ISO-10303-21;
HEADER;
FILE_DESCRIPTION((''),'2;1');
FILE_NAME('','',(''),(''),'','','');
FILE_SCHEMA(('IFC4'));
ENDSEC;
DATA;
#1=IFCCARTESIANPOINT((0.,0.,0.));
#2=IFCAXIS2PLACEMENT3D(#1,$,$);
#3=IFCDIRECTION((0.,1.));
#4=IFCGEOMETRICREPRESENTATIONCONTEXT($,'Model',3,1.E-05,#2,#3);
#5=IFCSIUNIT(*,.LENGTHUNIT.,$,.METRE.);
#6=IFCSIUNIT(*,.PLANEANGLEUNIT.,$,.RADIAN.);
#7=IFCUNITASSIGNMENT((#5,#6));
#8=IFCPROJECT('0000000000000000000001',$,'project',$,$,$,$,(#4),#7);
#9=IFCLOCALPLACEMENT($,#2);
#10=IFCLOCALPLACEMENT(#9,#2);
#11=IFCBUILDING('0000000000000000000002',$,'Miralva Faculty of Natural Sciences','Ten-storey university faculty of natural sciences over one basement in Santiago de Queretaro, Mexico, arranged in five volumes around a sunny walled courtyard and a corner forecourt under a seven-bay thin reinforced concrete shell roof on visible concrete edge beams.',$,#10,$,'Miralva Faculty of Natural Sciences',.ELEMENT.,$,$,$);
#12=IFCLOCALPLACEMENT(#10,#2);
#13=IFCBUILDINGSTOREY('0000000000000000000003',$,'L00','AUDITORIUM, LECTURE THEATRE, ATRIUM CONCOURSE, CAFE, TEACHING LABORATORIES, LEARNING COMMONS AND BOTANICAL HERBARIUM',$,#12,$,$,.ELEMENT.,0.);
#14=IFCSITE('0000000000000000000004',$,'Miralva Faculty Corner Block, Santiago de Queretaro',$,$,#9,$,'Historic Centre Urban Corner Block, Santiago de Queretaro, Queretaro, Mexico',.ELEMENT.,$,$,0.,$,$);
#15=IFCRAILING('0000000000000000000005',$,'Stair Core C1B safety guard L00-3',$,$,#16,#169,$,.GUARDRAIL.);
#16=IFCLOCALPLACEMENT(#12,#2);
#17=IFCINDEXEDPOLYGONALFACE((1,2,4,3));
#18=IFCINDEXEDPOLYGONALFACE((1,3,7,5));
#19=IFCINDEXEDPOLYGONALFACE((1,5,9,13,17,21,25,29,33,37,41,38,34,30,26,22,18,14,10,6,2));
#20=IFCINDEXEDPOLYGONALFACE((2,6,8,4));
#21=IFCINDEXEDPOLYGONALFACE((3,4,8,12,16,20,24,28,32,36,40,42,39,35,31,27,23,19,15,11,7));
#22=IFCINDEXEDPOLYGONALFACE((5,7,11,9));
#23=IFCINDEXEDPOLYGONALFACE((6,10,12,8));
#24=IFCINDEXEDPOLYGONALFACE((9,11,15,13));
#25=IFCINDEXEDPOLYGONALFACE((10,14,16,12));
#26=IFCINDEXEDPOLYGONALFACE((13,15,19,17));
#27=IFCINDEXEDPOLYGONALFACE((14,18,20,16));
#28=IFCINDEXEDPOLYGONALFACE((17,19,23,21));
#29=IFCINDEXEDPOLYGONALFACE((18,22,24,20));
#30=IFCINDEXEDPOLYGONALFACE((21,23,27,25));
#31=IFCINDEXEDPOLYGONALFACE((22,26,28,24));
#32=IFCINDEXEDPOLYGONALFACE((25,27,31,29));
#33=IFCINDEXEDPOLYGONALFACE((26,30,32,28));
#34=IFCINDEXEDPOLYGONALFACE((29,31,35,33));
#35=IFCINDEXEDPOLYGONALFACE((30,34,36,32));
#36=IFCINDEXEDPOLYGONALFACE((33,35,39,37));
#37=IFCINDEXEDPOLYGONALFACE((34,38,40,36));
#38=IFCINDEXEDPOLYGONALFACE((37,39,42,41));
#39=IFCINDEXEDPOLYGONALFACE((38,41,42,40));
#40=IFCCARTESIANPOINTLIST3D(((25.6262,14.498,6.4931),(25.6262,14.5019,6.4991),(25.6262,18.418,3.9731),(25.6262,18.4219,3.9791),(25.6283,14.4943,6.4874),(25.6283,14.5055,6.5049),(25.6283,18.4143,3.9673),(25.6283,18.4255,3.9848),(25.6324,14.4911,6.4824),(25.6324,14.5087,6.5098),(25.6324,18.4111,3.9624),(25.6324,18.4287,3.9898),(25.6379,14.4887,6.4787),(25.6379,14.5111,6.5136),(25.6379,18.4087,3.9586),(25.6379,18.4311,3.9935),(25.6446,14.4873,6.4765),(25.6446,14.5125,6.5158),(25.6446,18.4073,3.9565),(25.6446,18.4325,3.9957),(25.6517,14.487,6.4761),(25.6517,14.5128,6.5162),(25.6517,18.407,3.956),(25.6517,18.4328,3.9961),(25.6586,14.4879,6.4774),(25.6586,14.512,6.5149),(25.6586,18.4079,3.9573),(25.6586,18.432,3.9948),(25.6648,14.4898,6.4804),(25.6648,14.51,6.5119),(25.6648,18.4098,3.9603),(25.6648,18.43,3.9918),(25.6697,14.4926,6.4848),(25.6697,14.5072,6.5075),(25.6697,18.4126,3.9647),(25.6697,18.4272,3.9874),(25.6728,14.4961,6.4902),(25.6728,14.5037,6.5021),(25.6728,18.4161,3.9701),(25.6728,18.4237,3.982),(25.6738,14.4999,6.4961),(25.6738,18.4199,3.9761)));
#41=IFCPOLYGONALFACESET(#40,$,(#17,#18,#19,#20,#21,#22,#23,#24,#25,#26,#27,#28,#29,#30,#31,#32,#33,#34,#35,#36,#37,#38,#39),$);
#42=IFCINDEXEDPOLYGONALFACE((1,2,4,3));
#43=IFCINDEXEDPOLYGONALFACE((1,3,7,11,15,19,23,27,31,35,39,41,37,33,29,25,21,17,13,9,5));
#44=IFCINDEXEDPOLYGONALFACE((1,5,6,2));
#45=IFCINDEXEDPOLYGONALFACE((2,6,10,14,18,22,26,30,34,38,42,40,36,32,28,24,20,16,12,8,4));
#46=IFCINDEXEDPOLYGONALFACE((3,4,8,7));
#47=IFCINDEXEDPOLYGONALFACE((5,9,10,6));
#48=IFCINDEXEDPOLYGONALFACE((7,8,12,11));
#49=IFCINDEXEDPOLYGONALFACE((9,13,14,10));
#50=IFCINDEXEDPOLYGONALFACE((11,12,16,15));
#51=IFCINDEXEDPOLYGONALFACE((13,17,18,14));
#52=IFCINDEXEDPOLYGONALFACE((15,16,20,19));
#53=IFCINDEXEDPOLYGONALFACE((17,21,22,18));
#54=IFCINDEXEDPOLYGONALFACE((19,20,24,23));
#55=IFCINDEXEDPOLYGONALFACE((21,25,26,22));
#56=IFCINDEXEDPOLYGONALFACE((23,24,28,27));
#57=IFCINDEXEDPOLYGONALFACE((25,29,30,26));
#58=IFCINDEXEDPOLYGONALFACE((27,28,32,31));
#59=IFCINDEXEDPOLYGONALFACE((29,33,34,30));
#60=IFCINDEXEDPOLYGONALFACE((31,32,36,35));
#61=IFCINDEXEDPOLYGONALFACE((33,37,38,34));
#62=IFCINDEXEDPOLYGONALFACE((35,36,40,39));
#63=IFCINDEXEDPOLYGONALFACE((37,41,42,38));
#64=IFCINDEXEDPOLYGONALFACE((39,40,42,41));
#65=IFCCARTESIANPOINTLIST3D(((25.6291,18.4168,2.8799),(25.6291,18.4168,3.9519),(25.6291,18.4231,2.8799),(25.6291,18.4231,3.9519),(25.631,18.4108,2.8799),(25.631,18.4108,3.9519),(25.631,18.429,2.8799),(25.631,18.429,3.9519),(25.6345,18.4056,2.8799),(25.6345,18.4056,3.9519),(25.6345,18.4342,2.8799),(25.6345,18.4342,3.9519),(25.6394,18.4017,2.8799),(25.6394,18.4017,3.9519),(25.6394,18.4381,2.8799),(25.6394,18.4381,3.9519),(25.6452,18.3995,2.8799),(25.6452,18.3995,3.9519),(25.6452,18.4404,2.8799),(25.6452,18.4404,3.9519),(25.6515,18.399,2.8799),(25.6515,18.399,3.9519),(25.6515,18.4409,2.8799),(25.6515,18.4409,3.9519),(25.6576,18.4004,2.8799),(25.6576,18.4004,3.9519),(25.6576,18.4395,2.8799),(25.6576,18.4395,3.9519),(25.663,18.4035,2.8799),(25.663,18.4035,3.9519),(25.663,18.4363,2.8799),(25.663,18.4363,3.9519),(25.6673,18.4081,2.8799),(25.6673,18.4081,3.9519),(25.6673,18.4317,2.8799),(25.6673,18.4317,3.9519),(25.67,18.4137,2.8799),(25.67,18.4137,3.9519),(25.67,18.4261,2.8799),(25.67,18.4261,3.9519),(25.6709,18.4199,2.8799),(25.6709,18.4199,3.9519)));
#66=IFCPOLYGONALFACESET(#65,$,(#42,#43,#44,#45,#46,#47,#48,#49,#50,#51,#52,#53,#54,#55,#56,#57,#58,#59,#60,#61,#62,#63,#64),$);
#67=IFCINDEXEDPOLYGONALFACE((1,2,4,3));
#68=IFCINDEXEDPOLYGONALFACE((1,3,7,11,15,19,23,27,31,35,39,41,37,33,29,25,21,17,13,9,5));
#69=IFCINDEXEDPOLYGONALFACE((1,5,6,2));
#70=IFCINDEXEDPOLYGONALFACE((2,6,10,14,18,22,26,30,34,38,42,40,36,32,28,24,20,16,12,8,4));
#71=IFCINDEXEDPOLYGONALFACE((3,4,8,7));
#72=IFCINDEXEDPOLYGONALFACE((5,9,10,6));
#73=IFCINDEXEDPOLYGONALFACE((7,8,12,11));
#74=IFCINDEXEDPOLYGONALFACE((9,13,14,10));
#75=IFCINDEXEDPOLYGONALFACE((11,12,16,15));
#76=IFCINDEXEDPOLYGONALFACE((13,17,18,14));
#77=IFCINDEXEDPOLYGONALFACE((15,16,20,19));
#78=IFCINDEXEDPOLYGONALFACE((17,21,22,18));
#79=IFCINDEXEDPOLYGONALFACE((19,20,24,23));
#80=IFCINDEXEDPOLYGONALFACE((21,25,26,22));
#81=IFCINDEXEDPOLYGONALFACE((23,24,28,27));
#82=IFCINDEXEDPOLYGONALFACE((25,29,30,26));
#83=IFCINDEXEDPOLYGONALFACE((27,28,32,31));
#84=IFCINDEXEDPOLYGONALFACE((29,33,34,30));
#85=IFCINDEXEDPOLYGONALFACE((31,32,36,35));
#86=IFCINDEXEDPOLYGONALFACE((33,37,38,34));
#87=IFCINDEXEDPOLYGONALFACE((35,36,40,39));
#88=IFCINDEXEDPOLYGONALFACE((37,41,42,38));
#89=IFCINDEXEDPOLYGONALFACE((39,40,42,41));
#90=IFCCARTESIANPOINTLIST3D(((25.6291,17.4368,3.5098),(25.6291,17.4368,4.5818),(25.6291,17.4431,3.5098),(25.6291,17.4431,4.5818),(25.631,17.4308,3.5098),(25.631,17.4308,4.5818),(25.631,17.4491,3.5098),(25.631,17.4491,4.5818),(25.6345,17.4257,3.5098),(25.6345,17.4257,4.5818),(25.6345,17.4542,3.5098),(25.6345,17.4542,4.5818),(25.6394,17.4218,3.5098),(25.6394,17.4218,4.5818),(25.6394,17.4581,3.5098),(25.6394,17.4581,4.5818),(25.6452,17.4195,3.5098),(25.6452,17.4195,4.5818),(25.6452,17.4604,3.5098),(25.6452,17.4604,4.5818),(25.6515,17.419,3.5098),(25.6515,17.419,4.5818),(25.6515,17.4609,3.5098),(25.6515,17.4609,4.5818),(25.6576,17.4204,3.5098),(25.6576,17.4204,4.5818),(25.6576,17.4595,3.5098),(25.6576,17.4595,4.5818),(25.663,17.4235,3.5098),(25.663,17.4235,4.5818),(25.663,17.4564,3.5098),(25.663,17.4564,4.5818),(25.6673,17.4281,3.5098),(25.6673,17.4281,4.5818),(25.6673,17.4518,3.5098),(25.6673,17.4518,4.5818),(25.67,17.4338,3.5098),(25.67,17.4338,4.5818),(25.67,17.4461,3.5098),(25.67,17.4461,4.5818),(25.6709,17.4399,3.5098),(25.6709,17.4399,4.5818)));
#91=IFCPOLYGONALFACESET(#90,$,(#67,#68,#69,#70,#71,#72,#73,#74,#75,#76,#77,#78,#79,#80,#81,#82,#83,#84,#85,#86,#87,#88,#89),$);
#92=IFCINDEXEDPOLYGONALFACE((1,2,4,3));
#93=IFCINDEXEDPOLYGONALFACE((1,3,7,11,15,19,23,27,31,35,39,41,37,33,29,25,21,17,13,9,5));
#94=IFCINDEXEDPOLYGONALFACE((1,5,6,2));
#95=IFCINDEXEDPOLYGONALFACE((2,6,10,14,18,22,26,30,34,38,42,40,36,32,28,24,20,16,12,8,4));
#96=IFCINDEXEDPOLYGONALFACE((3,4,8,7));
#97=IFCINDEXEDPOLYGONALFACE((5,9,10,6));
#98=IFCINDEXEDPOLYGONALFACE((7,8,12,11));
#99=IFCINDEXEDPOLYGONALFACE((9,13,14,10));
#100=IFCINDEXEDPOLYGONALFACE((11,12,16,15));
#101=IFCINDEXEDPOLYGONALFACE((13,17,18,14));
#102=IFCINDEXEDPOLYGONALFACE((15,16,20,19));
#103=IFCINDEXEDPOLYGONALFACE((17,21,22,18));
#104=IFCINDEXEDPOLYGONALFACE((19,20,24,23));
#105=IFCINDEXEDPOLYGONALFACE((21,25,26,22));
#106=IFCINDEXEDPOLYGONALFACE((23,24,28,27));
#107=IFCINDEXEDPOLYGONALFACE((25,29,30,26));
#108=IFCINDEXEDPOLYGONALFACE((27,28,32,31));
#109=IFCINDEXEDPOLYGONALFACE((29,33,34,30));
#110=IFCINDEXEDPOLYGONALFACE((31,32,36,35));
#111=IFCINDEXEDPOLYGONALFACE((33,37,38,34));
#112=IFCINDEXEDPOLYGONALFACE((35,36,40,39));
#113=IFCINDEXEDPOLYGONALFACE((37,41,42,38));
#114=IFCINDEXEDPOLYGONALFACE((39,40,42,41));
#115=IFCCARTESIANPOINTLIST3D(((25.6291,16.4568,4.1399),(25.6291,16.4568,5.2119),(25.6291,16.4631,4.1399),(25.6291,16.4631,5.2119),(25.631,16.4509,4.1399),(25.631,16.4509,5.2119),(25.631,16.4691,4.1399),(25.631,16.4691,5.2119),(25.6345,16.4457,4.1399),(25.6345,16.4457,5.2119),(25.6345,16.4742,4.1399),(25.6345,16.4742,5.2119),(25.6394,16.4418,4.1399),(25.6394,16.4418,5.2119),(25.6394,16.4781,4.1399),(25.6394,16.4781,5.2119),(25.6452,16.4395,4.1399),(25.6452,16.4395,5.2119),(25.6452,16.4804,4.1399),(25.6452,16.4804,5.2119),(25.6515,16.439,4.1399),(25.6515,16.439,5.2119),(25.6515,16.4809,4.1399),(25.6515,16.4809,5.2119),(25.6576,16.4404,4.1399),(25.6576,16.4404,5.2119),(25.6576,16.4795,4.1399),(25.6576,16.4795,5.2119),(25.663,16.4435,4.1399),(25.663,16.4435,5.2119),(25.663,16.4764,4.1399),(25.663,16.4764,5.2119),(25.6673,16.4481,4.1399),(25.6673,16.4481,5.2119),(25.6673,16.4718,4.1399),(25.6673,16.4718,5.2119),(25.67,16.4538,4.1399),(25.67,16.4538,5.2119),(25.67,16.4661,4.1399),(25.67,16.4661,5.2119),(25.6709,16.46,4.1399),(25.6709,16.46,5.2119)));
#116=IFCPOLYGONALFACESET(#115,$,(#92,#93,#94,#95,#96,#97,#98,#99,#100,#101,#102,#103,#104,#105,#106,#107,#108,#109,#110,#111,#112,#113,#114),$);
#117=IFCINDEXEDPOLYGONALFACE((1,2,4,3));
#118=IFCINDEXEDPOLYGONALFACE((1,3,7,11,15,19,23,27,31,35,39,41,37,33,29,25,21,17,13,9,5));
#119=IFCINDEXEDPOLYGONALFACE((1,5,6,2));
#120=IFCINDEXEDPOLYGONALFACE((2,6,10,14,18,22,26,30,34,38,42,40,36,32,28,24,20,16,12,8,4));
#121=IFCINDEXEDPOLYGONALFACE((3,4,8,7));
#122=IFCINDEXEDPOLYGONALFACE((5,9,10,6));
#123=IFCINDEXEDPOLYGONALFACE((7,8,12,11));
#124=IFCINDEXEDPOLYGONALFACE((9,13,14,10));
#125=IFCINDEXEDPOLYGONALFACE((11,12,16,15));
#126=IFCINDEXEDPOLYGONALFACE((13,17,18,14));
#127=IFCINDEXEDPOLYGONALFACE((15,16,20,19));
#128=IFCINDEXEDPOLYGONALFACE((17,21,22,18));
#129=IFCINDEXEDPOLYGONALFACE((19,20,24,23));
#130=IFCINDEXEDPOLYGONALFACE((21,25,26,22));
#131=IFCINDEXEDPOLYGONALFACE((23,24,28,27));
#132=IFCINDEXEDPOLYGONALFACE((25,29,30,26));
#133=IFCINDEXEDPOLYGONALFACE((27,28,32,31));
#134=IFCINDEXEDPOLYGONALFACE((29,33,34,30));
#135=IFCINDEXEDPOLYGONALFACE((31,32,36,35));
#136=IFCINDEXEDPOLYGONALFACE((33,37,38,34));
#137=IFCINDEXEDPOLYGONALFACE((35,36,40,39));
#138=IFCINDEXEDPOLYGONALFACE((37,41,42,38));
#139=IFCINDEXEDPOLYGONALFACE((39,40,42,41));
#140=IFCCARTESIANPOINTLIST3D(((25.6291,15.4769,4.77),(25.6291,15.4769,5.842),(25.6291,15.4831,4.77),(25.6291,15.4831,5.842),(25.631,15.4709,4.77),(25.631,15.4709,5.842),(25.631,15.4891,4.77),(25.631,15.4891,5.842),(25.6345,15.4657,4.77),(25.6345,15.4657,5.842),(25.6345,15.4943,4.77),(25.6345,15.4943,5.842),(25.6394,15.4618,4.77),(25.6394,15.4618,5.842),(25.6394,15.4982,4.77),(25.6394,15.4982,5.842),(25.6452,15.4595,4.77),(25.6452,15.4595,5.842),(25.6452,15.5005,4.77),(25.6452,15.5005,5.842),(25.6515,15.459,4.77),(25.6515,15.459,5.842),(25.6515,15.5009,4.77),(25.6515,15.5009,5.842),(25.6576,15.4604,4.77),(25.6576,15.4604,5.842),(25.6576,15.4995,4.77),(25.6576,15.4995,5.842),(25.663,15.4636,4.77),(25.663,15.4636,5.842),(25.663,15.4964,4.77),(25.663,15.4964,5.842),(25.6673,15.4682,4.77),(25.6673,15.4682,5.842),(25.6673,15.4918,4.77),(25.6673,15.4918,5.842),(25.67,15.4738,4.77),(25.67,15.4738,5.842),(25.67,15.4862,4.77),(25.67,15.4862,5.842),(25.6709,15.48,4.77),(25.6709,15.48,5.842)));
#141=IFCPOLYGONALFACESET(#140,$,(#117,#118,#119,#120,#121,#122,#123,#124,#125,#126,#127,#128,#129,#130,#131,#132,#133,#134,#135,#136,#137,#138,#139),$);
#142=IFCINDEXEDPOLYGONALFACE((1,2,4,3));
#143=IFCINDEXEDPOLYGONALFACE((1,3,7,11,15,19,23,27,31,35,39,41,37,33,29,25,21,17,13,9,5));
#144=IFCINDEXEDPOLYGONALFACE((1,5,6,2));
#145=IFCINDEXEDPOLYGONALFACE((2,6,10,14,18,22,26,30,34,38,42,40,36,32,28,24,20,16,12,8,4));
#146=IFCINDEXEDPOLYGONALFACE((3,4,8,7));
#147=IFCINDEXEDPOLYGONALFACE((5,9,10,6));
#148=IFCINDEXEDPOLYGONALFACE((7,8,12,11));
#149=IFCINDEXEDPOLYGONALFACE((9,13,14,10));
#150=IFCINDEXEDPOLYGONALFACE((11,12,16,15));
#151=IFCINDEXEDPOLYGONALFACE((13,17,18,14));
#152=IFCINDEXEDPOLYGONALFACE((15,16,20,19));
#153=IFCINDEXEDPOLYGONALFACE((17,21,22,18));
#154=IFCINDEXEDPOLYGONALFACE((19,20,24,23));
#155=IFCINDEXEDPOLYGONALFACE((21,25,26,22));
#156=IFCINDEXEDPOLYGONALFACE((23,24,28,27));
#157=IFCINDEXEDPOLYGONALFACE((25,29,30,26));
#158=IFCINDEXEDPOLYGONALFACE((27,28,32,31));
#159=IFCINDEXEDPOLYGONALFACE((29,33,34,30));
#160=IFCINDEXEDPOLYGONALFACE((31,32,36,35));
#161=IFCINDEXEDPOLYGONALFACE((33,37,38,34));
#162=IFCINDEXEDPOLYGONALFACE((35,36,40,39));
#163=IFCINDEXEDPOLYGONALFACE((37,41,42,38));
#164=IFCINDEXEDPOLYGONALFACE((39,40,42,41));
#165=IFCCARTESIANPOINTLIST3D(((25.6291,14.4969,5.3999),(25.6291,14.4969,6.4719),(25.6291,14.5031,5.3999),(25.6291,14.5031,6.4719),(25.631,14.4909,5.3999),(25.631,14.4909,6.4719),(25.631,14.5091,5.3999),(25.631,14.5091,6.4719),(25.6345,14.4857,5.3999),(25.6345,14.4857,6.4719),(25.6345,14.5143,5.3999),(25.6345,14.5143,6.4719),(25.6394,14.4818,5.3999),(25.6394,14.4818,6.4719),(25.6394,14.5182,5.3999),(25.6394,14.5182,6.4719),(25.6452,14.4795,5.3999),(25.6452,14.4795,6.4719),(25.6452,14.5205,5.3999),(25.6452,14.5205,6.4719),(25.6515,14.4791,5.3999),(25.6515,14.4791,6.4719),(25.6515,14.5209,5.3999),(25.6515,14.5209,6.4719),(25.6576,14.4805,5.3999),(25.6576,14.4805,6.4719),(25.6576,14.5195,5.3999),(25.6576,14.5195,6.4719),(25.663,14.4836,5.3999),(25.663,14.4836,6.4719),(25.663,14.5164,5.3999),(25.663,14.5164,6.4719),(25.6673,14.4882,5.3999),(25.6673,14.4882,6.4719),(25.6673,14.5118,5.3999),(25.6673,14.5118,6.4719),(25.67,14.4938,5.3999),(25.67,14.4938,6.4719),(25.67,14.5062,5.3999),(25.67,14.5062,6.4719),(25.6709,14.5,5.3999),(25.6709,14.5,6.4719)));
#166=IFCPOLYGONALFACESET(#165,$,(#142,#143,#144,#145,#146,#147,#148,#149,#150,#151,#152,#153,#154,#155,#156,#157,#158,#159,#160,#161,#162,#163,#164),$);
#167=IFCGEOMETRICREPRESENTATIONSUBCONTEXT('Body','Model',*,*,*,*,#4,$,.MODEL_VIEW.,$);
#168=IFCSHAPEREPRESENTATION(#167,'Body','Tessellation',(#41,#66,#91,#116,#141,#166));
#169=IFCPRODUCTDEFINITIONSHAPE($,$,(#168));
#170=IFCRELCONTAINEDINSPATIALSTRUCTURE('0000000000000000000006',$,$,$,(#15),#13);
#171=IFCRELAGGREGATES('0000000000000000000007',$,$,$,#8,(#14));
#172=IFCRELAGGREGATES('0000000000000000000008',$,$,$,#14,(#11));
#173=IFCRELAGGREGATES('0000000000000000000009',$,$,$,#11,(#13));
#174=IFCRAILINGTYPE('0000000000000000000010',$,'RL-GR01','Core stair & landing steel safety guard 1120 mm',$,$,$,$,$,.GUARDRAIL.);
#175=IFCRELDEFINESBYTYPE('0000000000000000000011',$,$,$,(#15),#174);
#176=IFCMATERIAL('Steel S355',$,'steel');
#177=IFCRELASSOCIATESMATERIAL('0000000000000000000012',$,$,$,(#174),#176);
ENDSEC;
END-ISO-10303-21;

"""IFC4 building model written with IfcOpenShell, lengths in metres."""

from ifc_helpers import new_model, si_unit, direction, frame, origin, origin_2d, place, context, subcontext, project, spatial, circle, extrude, material, type_object, element, save


model = new_model("IFC4")

# Units and contexts
model_context = context("Model", 3, precision=1e-05, world=origin(), true_north=direction((0.0, 1.0)))
body_context = subcontext(model_context, "Body", "Model", "MODEL_VIEW")
ifc_project = project(units=[si_unit("LENGTHUNIT", "METRE"), si_unit("PLANEANGLEUNIT", "RADIAN")], contexts=[model_context])

# Site, building, storey
site_placement = place(None, origin())
site = spatial("IfcSite", under=ifc_project, at=site_placement, Name="Miralva Faculty Corner Block, Santiago de Queretaro", LongName="Historic Centre Urban Corner Block, Santiago de Queretaro, Queretaro, Mexico", CompositionType="ELEMENT", RefElevation=0.0)
building_placement = place(site_placement, origin())
building = spatial("IfcBuilding", under=site, at=building_placement, Name="Miralva Faculty of Natural Sciences", Description="Ten-storey university faculty of natural sciences over one basement in Santiago de Queretaro, Mexico, arranged in five volumes around a sunny walled courtyard and a corner forecourt under a seven-bay thin reinforced concrete shell roof on visible concrete edge beams.", LongName="Miralva Faculty of Natural Sciences", CompositionType="ELEMENT")
storey_placement = place(building_placement, origin())
storey = spatial("IfcBuildingStorey", under=building, at=storey_placement, Name="L00", Description="AUDITORIUM, LECTURE THEATRE, ATRIUM CONCOURSE, CAFE, TEACHING LABORATORIES, LEARNING COMMONS AND BOTANICAL HERBARIUM", CompositionType="ELEMENT", Elevation=0.0)

# Railing
ifc_material_1 = material(Name="Steel S355", Category="steel")
railing_type_1 = type_object("IfcRailingType", Name="RL-GR01", Description="Core stair & landing steel safety guard 1120 mm", PredefinedType="GUARDRAIL", material=ifc_material_1)
railing_1_placement = place(storey_placement, frame((25.6499, 18.4199, 2.8799)))
element("IfcRailing", 1, at=railing_1_placement, inside=storey, type_object=railing_type_1, Name="Stair Core C1B safety guard L00-3", PredefinedType="GUARDRAIL", context=body_context, shape_type="SweptSolid", body=[
    extrude(circle(Radius=0.0239, at=origin_2d()), frame((0.0, 0.0, 1.0962), z_axis=(0.0, -0.841172, 0.540768), x_axis=(1.0, 0.0, 0.0)), (0.0, 0.0, 1.0), 4.6602),
    extrude(circle(Radius=0.021, at=origin_2d()), origin(), (0.0, 0.0, 1.0), 1.072),
    extrude(circle(Radius=0.021, at=origin_2d()), frame((0.0, -0.98, 0.6299)), (0.0, 0.0, 1.0), 1.072),
    extrude(circle(Radius=0.021, at=origin_2d()), frame((0.0, -1.96, 1.26)), (0.0, 0.0, 1.0), 1.072),
    extrude(circle(Radius=0.021, at=origin_2d()), frame((0.0, -2.9399, 1.8901)), (0.0, 0.0, 1.0), 1.072),
    extrude(circle(Radius=0.021, at=origin_2d()), frame((0.0, -3.9199, 2.52)), (0.0, 0.0, 1.0), 1.072),
])

save(model, "model.ifc")
